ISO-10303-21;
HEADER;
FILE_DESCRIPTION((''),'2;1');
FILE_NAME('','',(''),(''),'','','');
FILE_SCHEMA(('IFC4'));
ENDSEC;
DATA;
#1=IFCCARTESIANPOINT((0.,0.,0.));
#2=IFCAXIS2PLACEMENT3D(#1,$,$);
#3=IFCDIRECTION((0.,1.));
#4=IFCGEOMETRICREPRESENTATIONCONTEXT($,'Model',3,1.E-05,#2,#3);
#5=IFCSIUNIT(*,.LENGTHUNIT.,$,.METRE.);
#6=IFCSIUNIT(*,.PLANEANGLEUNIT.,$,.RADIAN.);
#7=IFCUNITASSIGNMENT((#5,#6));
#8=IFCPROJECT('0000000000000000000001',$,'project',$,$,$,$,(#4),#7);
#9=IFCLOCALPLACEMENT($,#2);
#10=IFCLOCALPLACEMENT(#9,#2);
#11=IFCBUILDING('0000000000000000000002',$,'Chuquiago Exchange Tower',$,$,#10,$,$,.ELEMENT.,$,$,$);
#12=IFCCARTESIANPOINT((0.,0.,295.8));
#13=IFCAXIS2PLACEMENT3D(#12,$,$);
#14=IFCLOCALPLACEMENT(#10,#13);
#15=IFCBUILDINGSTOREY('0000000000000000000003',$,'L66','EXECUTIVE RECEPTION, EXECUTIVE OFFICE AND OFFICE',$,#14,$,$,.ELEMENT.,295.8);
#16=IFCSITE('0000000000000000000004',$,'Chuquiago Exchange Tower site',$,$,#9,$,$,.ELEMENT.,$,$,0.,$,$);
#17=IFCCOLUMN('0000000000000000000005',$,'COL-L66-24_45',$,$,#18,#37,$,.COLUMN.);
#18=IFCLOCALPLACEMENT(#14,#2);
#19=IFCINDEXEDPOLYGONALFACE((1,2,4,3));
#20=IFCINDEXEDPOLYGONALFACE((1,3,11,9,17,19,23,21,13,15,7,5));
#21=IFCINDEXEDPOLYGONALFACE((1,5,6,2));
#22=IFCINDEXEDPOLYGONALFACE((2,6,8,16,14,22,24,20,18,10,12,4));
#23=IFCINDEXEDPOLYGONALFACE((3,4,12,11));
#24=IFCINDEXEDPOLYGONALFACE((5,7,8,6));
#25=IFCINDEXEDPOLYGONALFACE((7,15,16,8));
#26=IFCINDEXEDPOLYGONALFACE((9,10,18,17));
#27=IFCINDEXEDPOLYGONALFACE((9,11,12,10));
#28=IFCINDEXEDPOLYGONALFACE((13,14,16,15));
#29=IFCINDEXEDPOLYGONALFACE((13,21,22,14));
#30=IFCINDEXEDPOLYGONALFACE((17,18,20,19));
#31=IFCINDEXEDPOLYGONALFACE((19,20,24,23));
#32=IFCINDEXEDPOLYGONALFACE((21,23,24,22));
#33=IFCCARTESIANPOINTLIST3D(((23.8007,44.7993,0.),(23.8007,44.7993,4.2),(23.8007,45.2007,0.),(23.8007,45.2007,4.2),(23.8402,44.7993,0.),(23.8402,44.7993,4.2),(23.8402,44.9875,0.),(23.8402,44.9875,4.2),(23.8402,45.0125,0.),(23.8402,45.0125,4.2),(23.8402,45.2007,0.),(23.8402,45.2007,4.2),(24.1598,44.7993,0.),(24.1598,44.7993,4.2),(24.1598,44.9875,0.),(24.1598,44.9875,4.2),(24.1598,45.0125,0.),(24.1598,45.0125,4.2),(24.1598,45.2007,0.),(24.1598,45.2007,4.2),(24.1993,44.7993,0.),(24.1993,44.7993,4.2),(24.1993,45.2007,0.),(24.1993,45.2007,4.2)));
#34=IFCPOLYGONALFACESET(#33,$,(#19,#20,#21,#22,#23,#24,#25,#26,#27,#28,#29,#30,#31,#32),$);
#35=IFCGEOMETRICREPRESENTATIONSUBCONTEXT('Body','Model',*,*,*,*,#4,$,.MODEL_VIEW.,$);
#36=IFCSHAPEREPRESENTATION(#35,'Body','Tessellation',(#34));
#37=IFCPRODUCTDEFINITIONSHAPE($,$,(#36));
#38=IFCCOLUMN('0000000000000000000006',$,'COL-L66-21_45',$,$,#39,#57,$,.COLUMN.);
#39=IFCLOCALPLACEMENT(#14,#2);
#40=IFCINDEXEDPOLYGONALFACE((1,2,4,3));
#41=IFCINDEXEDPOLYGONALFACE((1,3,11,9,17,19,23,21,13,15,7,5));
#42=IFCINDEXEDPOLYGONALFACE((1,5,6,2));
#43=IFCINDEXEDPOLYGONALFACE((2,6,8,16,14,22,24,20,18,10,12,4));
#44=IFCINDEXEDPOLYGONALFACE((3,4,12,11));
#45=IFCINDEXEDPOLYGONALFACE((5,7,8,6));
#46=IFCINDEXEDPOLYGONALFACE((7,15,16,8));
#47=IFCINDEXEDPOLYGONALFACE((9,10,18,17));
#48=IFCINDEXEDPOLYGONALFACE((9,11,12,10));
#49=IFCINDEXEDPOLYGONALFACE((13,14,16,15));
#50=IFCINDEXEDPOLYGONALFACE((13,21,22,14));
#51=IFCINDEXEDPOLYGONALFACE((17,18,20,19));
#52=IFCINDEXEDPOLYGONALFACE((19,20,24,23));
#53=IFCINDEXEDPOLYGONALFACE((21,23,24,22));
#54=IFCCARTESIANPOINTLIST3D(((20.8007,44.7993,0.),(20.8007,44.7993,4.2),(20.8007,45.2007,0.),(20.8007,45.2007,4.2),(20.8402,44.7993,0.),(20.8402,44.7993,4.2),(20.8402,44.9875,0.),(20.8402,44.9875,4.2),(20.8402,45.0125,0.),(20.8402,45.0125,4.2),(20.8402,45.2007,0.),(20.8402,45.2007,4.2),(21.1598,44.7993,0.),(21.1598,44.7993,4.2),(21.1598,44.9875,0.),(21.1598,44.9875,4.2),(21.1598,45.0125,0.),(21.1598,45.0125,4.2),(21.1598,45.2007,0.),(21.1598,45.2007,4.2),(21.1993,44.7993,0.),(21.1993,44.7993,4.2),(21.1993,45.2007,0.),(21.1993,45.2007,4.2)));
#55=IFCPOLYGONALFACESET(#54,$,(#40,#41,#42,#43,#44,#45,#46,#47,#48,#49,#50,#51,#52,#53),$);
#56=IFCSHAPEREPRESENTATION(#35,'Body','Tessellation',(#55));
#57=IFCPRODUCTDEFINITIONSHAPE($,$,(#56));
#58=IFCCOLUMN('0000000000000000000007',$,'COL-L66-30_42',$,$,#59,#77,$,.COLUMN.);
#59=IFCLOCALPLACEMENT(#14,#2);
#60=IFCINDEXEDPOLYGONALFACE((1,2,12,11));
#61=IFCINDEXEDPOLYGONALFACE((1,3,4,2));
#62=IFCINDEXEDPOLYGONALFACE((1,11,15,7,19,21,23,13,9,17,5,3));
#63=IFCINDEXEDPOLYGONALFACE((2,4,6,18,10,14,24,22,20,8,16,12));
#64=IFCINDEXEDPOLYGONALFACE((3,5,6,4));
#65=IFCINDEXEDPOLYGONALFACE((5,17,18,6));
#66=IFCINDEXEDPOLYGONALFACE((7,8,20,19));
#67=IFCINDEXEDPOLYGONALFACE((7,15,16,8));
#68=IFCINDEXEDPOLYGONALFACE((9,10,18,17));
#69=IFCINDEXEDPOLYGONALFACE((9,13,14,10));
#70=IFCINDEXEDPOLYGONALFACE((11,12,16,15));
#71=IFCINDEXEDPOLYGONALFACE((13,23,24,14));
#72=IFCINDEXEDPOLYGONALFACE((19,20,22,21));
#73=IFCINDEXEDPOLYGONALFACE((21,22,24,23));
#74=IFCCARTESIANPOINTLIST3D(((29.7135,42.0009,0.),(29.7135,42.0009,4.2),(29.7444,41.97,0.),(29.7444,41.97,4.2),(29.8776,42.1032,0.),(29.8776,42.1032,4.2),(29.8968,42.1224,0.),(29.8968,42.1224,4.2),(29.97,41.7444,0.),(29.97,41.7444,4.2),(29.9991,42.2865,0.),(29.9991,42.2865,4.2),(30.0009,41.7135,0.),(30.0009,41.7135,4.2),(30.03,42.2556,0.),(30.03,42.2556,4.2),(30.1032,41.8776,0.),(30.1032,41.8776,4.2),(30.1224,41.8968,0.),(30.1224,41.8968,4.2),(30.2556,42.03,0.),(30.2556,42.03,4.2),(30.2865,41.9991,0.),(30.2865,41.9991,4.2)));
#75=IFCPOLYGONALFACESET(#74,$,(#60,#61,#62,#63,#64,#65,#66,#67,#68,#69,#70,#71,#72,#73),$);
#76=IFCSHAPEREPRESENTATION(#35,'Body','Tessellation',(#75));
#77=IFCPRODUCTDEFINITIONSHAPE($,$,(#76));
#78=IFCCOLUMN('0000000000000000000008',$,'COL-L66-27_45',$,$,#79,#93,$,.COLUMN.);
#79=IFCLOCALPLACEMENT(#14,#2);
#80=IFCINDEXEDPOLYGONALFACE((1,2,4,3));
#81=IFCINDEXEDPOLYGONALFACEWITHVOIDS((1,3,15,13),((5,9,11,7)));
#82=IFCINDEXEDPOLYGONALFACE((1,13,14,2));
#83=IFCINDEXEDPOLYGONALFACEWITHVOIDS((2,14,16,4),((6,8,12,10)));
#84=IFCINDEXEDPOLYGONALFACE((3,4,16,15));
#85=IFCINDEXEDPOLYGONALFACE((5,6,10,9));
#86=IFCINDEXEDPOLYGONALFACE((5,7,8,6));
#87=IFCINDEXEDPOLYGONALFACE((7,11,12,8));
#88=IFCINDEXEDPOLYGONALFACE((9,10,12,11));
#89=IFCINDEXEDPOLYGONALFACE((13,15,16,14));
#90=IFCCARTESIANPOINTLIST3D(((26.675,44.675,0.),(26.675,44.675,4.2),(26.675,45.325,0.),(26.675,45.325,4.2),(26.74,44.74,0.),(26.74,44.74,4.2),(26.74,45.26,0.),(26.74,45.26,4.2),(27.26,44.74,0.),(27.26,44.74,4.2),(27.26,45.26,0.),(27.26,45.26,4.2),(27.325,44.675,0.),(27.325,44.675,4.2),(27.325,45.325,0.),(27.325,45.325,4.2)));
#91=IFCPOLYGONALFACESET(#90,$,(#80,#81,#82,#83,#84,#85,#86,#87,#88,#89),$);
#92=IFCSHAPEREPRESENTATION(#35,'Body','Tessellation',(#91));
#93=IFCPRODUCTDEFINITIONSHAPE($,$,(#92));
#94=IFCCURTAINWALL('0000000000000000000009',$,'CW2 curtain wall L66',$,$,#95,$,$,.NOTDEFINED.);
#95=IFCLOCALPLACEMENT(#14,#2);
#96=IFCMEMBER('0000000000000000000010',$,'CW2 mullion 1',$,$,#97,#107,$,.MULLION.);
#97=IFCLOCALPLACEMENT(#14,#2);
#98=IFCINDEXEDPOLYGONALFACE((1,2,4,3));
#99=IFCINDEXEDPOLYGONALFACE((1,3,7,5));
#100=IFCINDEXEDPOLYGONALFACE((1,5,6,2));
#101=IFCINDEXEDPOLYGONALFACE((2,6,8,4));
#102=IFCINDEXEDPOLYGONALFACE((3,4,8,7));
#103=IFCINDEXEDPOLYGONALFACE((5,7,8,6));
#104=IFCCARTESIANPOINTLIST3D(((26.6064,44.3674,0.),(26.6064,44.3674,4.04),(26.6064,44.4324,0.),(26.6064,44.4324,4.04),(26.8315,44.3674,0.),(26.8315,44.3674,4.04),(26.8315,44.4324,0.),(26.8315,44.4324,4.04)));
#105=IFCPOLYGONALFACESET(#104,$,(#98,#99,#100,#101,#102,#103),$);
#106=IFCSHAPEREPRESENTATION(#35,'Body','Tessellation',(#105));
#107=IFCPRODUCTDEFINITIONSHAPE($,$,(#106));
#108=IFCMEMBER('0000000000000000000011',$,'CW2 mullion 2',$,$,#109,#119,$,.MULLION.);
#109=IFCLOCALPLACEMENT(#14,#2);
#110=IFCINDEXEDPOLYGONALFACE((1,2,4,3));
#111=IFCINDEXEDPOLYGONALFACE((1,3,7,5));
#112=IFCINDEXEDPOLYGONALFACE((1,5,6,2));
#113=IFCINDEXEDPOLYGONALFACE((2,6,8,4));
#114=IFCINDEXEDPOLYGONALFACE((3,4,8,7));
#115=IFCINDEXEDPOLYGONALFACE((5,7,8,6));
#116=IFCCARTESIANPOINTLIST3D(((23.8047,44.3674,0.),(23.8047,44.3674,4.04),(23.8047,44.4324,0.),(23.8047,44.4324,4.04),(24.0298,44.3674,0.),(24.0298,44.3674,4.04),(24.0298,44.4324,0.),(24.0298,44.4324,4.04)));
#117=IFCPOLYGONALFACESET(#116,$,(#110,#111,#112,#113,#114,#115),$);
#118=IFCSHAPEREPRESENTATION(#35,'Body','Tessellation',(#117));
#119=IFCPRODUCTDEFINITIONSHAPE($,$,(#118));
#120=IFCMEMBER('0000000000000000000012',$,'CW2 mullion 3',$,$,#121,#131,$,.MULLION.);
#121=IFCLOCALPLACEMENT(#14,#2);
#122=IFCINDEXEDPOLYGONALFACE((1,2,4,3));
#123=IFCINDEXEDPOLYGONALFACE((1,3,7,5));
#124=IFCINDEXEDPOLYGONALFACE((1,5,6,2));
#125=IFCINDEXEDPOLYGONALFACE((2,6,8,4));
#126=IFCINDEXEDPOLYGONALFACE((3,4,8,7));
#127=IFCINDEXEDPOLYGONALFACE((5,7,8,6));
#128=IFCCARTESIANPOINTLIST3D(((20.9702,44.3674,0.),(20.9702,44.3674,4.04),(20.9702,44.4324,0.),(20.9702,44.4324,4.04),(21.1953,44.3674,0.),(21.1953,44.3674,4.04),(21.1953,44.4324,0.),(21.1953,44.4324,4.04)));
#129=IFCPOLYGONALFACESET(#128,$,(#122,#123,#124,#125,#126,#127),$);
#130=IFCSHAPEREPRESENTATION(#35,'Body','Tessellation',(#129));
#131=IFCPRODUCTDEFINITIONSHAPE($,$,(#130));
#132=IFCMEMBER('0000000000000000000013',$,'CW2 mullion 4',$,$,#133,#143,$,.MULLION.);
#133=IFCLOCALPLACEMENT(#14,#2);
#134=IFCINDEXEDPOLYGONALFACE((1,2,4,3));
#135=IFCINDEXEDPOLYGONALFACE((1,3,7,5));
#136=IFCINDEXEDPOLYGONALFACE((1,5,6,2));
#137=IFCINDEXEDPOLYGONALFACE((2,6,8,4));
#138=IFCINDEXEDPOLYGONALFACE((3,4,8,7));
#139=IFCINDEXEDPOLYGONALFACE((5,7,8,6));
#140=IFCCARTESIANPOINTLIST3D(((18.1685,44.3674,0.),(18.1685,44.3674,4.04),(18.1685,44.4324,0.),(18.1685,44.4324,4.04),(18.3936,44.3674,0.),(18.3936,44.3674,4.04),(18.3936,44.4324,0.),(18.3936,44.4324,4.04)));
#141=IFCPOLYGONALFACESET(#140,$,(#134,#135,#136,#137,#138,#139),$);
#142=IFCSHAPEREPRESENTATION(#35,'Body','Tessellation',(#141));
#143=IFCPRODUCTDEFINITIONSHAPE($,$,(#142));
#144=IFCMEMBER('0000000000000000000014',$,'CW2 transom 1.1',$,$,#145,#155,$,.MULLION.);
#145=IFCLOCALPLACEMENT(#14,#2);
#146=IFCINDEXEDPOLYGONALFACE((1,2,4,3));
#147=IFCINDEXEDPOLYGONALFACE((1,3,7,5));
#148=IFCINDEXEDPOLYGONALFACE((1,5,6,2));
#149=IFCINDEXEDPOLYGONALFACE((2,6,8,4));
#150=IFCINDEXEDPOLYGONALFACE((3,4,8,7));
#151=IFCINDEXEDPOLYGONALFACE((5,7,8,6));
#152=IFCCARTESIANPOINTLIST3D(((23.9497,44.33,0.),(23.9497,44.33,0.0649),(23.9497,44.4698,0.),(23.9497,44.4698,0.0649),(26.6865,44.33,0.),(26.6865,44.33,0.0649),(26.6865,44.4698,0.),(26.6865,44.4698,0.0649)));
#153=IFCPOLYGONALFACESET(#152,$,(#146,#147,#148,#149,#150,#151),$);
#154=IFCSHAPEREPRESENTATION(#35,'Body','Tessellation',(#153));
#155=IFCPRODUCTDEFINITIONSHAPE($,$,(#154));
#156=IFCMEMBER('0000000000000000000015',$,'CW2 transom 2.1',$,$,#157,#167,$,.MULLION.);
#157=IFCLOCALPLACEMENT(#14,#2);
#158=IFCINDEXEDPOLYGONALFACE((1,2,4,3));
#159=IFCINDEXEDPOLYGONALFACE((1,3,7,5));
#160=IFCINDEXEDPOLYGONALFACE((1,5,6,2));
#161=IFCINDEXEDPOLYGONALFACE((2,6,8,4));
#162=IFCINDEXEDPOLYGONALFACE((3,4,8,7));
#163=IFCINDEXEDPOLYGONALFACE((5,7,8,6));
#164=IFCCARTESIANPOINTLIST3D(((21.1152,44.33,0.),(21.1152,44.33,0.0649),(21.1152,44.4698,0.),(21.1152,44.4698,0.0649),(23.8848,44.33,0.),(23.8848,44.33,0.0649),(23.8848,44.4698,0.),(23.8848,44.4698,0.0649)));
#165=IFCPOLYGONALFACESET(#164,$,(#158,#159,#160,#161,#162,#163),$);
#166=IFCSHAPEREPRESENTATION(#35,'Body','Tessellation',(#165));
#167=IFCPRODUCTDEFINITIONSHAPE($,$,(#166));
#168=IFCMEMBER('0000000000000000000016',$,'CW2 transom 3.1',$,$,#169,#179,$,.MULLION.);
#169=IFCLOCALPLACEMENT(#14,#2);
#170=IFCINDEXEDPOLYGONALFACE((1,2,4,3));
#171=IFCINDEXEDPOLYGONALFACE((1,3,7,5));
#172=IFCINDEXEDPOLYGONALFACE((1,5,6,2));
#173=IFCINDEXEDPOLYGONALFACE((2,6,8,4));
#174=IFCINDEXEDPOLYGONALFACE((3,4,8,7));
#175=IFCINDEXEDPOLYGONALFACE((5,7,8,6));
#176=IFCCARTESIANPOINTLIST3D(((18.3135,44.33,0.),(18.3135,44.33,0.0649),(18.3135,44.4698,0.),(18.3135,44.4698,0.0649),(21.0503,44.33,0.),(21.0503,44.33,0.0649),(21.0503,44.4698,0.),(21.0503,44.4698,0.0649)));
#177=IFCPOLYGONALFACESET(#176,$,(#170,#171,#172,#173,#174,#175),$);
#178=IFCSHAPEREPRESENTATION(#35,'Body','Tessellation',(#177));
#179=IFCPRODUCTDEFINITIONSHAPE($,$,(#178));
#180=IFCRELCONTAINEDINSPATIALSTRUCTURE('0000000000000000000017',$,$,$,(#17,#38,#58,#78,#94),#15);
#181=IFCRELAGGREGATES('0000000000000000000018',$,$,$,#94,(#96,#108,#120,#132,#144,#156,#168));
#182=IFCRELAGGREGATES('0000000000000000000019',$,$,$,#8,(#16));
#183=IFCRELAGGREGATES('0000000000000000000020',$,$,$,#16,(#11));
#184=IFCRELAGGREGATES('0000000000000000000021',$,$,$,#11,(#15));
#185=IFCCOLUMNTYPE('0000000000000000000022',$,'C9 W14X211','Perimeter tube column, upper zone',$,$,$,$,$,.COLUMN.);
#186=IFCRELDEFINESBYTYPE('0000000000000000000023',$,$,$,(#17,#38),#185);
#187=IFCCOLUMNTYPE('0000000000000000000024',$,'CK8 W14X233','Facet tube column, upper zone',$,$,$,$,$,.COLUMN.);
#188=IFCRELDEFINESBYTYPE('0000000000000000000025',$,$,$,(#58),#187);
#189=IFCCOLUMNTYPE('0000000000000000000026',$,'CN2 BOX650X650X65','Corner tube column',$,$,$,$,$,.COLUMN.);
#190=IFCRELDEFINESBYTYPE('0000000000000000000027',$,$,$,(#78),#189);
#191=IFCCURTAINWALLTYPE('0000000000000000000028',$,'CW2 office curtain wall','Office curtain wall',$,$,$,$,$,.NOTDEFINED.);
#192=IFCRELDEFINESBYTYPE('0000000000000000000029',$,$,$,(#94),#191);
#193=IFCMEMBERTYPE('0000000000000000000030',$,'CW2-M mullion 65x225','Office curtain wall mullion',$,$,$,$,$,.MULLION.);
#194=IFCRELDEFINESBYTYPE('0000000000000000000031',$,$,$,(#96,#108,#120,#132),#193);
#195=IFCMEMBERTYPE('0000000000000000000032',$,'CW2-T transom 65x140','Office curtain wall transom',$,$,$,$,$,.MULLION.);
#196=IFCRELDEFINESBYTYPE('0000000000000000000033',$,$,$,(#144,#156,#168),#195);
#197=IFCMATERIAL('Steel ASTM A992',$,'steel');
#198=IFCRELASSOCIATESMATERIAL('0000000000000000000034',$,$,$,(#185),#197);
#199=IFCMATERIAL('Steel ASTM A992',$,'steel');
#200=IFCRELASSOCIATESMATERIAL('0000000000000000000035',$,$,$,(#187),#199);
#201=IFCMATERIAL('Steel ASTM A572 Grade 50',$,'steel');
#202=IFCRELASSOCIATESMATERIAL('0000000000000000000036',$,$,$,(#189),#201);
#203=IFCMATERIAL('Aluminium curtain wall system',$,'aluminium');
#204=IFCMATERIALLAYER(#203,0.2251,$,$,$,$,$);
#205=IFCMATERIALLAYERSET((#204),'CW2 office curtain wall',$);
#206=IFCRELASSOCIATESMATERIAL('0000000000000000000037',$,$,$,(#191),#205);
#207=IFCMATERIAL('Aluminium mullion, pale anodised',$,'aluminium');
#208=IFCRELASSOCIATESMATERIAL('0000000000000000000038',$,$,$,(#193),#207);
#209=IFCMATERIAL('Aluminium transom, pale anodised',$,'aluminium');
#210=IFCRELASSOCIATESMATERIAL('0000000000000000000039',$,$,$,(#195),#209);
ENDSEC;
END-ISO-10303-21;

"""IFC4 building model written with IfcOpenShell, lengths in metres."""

from ifc_helpers import new_model, si_unit, direction, frame, origin, origin_2d, place, context, subcontext, project, spatial, rectangle, hollow_rectangle, i_section, extrude, material, layer, layer_set, material_profile, profile_set, type_object, element, aggregate, save


model = new_model("IFC4")

# Units and contexts
model_context = context("Model", 3, precision=1e-05, world=origin(), true_north=direction((0.0, 1.0)))
body_context = subcontext(model_context, "Body", "Model", "MODEL_VIEW")
ifc_project = project(units=[si_unit("LENGTHUNIT", "METRE"), si_unit("PLANEANGLEUNIT", "RADIAN")], contexts=[model_context])

# Site, building, storey
site_placement = place(None, origin())
site = spatial("IfcSite", under=ifc_project, at=site_placement, Name="Chuquiago Exchange Tower site", CompositionType="ELEMENT", RefElevation=0.0)
building_placement = place(site_placement, origin())
building = spatial("IfcBuilding", under=site, at=building_placement, Name="Chuquiago Exchange Tower", CompositionType="ELEMENT")
storey_placement = place(building_placement, frame((0.0, 0.0, 295.8)))
storey = spatial("IfcBuildingStorey", under=building, at=storey_placement, Name="L66", Description="EXECUTIVE RECEPTION, EXECUTIVE OFFICE AND OFFICE", CompositionType="ELEMENT", Elevation=295.8)

# Columns
ifc_material_1 = material(Name="Steel ASTM A992", Category="steel")
ifc_material_profile_1 = material_profile(ifc_material_1, i_section(OverallWidth=0.4014, OverallDepth=0.3987, WebThickness=0.0249, FlangeThickness=0.0396, at=origin_2d()), Name="W14X211")
ifc_profile_set_1 = profile_set([ifc_material_profile_1], Name="Steel ASTM A992")
column_type_1 = type_object("IfcColumnType", Name="C9 W14X211", Description="Perimeter tube column, upper zone", PredefinedType="COLUMN", material=ifc_profile_set_1)
for number, where, z_axis, x_axis, name in (
    (1, (24.0, 45.0, 0.0), (0.0, 0.0, 1.0), (0.0, 1.0, 0.0), "COL-L66-24_45"),
    (2, (21.0, 45.0, 0.0), (0.0, 0.0, 1.0), (0.0, 1.0, 0.0), "COL-L66-21_45"),
):
    element("IfcColumn", number, at=place(storey_placement, frame(where, z_axis=z_axis, x_axis=x_axis)), inside=storey, type_object=column_type_1, Name=name, PredefinedType="COLUMN", context=body_context, shape_type="SweptSolid", body=[
        extrude(i_section(OverallWidth=0.4014, OverallDepth=0.3987, WebThickness=0.0249, FlangeThickness=0.0396, at=origin_2d()), origin(), (0.0, 0.0, 1.0), 4.2),
    ])
ifc_material_2 = material(Name="Steel ASTM A992", Category="steel")
ifc_material_profile_2 = material_profile(ifc_material_2, i_section(OverallWidth=0.4038, OverallDepth=0.4065, WebThickness=0.0271, FlangeThickness=0.0437, at=origin_2d()), Name="W14X233")
ifc_profile_set_2 = profile_set([ifc_material_profile_2], Name="Steel ASTM A992")
column_type_2 = type_object("IfcColumnType", Name="CK8 W14X233", Description="Facet tube column, upper zone", PredefinedType="COLUMN", material=ifc_profile_set_2)
column_1_placement = place(storey_placement, frame((30.0, 42.0, 0.0), z_axis=(0.0, 0.0, 1.0), x_axis=(0.707107, 0.707107, 0.0)))
element("IfcColumn", 3, at=column_1_placement, inside=storey, type_object=column_type_2, Name="COL-L66-30_42", PredefinedType="COLUMN", context=body_context, shape_type="SweptSolid", body=[
    extrude(i_section(OverallWidth=0.4038, OverallDepth=0.4065, WebThickness=0.0271, FlangeThickness=0.0437, at=origin_2d()), origin(), (0.0, 0.0, 1.0), 4.2),
])
ifc_material_3 = material(Name="Steel ASTM A572 Grade 50", Category="steel")
ifc_material_profile_3 = material_profile(ifc_material_3, hollow_rectangle(XDim=0.6499, YDim=0.6499, WallThickness=0.0649, at=origin_2d()), Name="BOX650X650X65")
ifc_profile_set_3 = profile_set([ifc_material_profile_3], Name="Steel ASTM A572 Grade 50")
column_type_3 = type_object("IfcColumnType", Name="CN2 BOX650X650X65", Description="Corner tube column", PredefinedType="COLUMN", material=ifc_profile_set_3)
column_2_placement = place(storey_placement, frame((27.0, 45.0, 0.0), z_axis=(0.0, 0.0, 1.0), x_axis=(0.0, 1.0, 0.0)))
element("IfcColumn", 4, at=column_2_placement, inside=storey, type_object=column_type_3, Name="COL-L66-27_45", PredefinedType="COLUMN", context=body_context, shape_type="SweptSolid", body=[
    extrude(hollow_rectangle(XDim=0.6499, YDim=0.6499, WallThickness=0.0649, at=origin_2d()), origin(), (0.0, 0.0, 1.0), 4.2),
])

# Curtain wall, members
ifc_material_4 = material(Name="Aluminium curtain wall system", Category="aluminium")
ifc_layer_1 = layer(ifc_material_4, 0.2251)
ifc_layer_set_1 = layer_set([ifc_layer_1], Name="CW2 office curtain wall")
curtain_wall_type_1 = type_object("IfcCurtainWallType", Name="CW2 office curtain wall", Description="Office curtain wall", PredefinedType="NOTDEFINED", material=ifc_layer_set_1)
curtain_wall_1_placement = place(storey_placement, origin())
curtain_wall_1 = element("IfcCurtainWall", 5, at=curtain_wall_1_placement, inside=storey, type_object=curtain_wall_type_1, Name="CW2 curtain wall L66", PredefinedType="NOTDEFINED")
ifc_material_5 = material(Name="Aluminium mullion, pale anodised", Category="aluminium")
ifc_material_profile_4 = material_profile(ifc_material_5, rectangle(XDim=0.0649, YDim=0.2251, at=origin_2d()), Name="AL 65x225")
ifc_profile_set_4 = profile_set([ifc_material_profile_4], Name="Aluminium mullion, pale anodised")
member_type_1 = type_object("IfcMemberType", Name="CW2-M mullion 65x225", Description="Office curtain wall mullion", PredefinedType="MULLION", material=ifc_profile_set_4)
member_1_placement = place(storey_placement, frame((26.719, 44.3999, 0.0), z_axis=(0.0, 0.0, 1.0), x_axis=(0.0, -1.0, 0.0)))
member_1 = element("IfcMember", 6, at=member_1_placement, type_object=member_type_1, Name="CW2 mullion 1", PredefinedType="MULLION", context=body_context, shape_type="SweptSolid", body=[
    extrude(rectangle(XDim=0.0649, YDim=0.2251, at=origin_2d()), origin(), (0.0, 0.0, 1.0), 4.04),
])
member_2_placement = place(storey_placement, frame((23.9172, 44.3999, 0.0), z_axis=(0.0, 0.0, 1.0), x_axis=(0.0, -1.0, 0.0)))
member_2 = element("IfcMember", 7, at=member_2_placement, type_object=member_type_1, Name="CW2 mullion 2", PredefinedType="MULLION", context=body_context, shape_type="SweptSolid", body=[
    extrude(rectangle(XDim=0.0649, YDim=0.2251, at=origin_2d()), origin(), (0.0, 0.0, 1.0), 4.04),
])
member_3_placement = place(storey_placement, frame((21.0828, 44.3999, 0.0), z_axis=(0.0, 0.0, 1.0), x_axis=(0.0, -1.0, 0.0)))
member_3 = element("IfcMember", 8, at=member_3_placement, type_object=member_type_1, Name="CW2 mullion 3", PredefinedType="MULLION", context=body_context, shape_type="SweptSolid", body=[
    extrude(rectangle(XDim=0.0649, YDim=0.2251, at=origin_2d()), origin(), (0.0, 0.0, 1.0), 4.04),
])
member_4_placement = place(storey_placement, frame((18.281, 44.3999, 0.0), z_axis=(0.0, 0.0, 1.0), x_axis=(0.0, -1.0, 0.0)))
member_4 = element("IfcMember", 9, at=member_4_placement, type_object=member_type_1, Name="CW2 mullion 4", PredefinedType="MULLION", context=body_context, shape_type="SweptSolid", body=[
    extrude(rectangle(XDim=0.0649, YDim=0.2251, at=origin_2d()), origin(), (0.0, 0.0, 1.0), 4.04),
])
ifc_material_6 = material(Name="Aluminium transom, pale anodised", Category="aluminium")
ifc_material_profile_5 = material_profile(ifc_material_6, rectangle(XDim=0.1399, YDim=0.0649, at=origin_2d()), Name="AL 140x65")
ifc_profile_set_5 = profile_set([ifc_material_profile_5], Name="Aluminium transom, pale anodised")
member_type_2 = type_object("IfcMemberType", Name="CW2-T transom 65x140", Description="Office curtain wall transom", PredefinedType="MULLION", material=ifc_profile_set_5)
member_5_placement = place(storey_placement, frame((26.6865, 44.3999, 0.0325), z_axis=(-1.0, 0.0, 0.0), x_axis=(0.0, -1.0, 0.0)))
member_5 = element("IfcMember", 10, at=member_5_placement, type_object=member_type_2, Name="CW2 transom 1.1", PredefinedType="MULLION", context=body_context, shape_type="SweptSolid", body=[
    extrude(rectangle(XDim=0.1399, YDim=0.0649, at=origin_2d()), origin(), (0.0, 0.0, 1.0), 2.7368),
])
member_6_placement = place(storey_placement, frame((23.8848, 44.3999, 0.0325), z_axis=(-1.0, 0.0, 0.0), x_axis=(0.0, -1.0, 0.0)))
member_6 = element("IfcMember", 11, at=member_6_placement, type_object=member_type_2, Name="CW2 transom 2.1", PredefinedType="MULLION", context=body_context, shape_type="SweptSolid", body=[
    extrude(rectangle(XDim=0.1399, YDim=0.0649, at=origin_2d()), origin(), (0.0, 0.0, 1.0), 2.7695),
])
member_7_placement = place(storey_placement, frame((21.0503, 44.3999, 0.0325), z_axis=(-1.0, 0.0, 0.0), x_axis=(0.0, -1.0, 0.0)))
member_7 = element("IfcMember", 12, at=member_7_placement, type_object=member_type_2, Name="CW2 transom 3.1", PredefinedType="MULLION", context=body_context, shape_type="SweptSolid", body=[
    extrude(rectangle(XDim=0.1399, YDim=0.0649, at=origin_2d()), origin(), (0.0, 0.0, 1.0), 2.7368),
])

aggregate(curtain_wall_1, [member_1, member_2, member_3, member_4, member_5, member_6, member_7])

save(model, "model.ifc")
